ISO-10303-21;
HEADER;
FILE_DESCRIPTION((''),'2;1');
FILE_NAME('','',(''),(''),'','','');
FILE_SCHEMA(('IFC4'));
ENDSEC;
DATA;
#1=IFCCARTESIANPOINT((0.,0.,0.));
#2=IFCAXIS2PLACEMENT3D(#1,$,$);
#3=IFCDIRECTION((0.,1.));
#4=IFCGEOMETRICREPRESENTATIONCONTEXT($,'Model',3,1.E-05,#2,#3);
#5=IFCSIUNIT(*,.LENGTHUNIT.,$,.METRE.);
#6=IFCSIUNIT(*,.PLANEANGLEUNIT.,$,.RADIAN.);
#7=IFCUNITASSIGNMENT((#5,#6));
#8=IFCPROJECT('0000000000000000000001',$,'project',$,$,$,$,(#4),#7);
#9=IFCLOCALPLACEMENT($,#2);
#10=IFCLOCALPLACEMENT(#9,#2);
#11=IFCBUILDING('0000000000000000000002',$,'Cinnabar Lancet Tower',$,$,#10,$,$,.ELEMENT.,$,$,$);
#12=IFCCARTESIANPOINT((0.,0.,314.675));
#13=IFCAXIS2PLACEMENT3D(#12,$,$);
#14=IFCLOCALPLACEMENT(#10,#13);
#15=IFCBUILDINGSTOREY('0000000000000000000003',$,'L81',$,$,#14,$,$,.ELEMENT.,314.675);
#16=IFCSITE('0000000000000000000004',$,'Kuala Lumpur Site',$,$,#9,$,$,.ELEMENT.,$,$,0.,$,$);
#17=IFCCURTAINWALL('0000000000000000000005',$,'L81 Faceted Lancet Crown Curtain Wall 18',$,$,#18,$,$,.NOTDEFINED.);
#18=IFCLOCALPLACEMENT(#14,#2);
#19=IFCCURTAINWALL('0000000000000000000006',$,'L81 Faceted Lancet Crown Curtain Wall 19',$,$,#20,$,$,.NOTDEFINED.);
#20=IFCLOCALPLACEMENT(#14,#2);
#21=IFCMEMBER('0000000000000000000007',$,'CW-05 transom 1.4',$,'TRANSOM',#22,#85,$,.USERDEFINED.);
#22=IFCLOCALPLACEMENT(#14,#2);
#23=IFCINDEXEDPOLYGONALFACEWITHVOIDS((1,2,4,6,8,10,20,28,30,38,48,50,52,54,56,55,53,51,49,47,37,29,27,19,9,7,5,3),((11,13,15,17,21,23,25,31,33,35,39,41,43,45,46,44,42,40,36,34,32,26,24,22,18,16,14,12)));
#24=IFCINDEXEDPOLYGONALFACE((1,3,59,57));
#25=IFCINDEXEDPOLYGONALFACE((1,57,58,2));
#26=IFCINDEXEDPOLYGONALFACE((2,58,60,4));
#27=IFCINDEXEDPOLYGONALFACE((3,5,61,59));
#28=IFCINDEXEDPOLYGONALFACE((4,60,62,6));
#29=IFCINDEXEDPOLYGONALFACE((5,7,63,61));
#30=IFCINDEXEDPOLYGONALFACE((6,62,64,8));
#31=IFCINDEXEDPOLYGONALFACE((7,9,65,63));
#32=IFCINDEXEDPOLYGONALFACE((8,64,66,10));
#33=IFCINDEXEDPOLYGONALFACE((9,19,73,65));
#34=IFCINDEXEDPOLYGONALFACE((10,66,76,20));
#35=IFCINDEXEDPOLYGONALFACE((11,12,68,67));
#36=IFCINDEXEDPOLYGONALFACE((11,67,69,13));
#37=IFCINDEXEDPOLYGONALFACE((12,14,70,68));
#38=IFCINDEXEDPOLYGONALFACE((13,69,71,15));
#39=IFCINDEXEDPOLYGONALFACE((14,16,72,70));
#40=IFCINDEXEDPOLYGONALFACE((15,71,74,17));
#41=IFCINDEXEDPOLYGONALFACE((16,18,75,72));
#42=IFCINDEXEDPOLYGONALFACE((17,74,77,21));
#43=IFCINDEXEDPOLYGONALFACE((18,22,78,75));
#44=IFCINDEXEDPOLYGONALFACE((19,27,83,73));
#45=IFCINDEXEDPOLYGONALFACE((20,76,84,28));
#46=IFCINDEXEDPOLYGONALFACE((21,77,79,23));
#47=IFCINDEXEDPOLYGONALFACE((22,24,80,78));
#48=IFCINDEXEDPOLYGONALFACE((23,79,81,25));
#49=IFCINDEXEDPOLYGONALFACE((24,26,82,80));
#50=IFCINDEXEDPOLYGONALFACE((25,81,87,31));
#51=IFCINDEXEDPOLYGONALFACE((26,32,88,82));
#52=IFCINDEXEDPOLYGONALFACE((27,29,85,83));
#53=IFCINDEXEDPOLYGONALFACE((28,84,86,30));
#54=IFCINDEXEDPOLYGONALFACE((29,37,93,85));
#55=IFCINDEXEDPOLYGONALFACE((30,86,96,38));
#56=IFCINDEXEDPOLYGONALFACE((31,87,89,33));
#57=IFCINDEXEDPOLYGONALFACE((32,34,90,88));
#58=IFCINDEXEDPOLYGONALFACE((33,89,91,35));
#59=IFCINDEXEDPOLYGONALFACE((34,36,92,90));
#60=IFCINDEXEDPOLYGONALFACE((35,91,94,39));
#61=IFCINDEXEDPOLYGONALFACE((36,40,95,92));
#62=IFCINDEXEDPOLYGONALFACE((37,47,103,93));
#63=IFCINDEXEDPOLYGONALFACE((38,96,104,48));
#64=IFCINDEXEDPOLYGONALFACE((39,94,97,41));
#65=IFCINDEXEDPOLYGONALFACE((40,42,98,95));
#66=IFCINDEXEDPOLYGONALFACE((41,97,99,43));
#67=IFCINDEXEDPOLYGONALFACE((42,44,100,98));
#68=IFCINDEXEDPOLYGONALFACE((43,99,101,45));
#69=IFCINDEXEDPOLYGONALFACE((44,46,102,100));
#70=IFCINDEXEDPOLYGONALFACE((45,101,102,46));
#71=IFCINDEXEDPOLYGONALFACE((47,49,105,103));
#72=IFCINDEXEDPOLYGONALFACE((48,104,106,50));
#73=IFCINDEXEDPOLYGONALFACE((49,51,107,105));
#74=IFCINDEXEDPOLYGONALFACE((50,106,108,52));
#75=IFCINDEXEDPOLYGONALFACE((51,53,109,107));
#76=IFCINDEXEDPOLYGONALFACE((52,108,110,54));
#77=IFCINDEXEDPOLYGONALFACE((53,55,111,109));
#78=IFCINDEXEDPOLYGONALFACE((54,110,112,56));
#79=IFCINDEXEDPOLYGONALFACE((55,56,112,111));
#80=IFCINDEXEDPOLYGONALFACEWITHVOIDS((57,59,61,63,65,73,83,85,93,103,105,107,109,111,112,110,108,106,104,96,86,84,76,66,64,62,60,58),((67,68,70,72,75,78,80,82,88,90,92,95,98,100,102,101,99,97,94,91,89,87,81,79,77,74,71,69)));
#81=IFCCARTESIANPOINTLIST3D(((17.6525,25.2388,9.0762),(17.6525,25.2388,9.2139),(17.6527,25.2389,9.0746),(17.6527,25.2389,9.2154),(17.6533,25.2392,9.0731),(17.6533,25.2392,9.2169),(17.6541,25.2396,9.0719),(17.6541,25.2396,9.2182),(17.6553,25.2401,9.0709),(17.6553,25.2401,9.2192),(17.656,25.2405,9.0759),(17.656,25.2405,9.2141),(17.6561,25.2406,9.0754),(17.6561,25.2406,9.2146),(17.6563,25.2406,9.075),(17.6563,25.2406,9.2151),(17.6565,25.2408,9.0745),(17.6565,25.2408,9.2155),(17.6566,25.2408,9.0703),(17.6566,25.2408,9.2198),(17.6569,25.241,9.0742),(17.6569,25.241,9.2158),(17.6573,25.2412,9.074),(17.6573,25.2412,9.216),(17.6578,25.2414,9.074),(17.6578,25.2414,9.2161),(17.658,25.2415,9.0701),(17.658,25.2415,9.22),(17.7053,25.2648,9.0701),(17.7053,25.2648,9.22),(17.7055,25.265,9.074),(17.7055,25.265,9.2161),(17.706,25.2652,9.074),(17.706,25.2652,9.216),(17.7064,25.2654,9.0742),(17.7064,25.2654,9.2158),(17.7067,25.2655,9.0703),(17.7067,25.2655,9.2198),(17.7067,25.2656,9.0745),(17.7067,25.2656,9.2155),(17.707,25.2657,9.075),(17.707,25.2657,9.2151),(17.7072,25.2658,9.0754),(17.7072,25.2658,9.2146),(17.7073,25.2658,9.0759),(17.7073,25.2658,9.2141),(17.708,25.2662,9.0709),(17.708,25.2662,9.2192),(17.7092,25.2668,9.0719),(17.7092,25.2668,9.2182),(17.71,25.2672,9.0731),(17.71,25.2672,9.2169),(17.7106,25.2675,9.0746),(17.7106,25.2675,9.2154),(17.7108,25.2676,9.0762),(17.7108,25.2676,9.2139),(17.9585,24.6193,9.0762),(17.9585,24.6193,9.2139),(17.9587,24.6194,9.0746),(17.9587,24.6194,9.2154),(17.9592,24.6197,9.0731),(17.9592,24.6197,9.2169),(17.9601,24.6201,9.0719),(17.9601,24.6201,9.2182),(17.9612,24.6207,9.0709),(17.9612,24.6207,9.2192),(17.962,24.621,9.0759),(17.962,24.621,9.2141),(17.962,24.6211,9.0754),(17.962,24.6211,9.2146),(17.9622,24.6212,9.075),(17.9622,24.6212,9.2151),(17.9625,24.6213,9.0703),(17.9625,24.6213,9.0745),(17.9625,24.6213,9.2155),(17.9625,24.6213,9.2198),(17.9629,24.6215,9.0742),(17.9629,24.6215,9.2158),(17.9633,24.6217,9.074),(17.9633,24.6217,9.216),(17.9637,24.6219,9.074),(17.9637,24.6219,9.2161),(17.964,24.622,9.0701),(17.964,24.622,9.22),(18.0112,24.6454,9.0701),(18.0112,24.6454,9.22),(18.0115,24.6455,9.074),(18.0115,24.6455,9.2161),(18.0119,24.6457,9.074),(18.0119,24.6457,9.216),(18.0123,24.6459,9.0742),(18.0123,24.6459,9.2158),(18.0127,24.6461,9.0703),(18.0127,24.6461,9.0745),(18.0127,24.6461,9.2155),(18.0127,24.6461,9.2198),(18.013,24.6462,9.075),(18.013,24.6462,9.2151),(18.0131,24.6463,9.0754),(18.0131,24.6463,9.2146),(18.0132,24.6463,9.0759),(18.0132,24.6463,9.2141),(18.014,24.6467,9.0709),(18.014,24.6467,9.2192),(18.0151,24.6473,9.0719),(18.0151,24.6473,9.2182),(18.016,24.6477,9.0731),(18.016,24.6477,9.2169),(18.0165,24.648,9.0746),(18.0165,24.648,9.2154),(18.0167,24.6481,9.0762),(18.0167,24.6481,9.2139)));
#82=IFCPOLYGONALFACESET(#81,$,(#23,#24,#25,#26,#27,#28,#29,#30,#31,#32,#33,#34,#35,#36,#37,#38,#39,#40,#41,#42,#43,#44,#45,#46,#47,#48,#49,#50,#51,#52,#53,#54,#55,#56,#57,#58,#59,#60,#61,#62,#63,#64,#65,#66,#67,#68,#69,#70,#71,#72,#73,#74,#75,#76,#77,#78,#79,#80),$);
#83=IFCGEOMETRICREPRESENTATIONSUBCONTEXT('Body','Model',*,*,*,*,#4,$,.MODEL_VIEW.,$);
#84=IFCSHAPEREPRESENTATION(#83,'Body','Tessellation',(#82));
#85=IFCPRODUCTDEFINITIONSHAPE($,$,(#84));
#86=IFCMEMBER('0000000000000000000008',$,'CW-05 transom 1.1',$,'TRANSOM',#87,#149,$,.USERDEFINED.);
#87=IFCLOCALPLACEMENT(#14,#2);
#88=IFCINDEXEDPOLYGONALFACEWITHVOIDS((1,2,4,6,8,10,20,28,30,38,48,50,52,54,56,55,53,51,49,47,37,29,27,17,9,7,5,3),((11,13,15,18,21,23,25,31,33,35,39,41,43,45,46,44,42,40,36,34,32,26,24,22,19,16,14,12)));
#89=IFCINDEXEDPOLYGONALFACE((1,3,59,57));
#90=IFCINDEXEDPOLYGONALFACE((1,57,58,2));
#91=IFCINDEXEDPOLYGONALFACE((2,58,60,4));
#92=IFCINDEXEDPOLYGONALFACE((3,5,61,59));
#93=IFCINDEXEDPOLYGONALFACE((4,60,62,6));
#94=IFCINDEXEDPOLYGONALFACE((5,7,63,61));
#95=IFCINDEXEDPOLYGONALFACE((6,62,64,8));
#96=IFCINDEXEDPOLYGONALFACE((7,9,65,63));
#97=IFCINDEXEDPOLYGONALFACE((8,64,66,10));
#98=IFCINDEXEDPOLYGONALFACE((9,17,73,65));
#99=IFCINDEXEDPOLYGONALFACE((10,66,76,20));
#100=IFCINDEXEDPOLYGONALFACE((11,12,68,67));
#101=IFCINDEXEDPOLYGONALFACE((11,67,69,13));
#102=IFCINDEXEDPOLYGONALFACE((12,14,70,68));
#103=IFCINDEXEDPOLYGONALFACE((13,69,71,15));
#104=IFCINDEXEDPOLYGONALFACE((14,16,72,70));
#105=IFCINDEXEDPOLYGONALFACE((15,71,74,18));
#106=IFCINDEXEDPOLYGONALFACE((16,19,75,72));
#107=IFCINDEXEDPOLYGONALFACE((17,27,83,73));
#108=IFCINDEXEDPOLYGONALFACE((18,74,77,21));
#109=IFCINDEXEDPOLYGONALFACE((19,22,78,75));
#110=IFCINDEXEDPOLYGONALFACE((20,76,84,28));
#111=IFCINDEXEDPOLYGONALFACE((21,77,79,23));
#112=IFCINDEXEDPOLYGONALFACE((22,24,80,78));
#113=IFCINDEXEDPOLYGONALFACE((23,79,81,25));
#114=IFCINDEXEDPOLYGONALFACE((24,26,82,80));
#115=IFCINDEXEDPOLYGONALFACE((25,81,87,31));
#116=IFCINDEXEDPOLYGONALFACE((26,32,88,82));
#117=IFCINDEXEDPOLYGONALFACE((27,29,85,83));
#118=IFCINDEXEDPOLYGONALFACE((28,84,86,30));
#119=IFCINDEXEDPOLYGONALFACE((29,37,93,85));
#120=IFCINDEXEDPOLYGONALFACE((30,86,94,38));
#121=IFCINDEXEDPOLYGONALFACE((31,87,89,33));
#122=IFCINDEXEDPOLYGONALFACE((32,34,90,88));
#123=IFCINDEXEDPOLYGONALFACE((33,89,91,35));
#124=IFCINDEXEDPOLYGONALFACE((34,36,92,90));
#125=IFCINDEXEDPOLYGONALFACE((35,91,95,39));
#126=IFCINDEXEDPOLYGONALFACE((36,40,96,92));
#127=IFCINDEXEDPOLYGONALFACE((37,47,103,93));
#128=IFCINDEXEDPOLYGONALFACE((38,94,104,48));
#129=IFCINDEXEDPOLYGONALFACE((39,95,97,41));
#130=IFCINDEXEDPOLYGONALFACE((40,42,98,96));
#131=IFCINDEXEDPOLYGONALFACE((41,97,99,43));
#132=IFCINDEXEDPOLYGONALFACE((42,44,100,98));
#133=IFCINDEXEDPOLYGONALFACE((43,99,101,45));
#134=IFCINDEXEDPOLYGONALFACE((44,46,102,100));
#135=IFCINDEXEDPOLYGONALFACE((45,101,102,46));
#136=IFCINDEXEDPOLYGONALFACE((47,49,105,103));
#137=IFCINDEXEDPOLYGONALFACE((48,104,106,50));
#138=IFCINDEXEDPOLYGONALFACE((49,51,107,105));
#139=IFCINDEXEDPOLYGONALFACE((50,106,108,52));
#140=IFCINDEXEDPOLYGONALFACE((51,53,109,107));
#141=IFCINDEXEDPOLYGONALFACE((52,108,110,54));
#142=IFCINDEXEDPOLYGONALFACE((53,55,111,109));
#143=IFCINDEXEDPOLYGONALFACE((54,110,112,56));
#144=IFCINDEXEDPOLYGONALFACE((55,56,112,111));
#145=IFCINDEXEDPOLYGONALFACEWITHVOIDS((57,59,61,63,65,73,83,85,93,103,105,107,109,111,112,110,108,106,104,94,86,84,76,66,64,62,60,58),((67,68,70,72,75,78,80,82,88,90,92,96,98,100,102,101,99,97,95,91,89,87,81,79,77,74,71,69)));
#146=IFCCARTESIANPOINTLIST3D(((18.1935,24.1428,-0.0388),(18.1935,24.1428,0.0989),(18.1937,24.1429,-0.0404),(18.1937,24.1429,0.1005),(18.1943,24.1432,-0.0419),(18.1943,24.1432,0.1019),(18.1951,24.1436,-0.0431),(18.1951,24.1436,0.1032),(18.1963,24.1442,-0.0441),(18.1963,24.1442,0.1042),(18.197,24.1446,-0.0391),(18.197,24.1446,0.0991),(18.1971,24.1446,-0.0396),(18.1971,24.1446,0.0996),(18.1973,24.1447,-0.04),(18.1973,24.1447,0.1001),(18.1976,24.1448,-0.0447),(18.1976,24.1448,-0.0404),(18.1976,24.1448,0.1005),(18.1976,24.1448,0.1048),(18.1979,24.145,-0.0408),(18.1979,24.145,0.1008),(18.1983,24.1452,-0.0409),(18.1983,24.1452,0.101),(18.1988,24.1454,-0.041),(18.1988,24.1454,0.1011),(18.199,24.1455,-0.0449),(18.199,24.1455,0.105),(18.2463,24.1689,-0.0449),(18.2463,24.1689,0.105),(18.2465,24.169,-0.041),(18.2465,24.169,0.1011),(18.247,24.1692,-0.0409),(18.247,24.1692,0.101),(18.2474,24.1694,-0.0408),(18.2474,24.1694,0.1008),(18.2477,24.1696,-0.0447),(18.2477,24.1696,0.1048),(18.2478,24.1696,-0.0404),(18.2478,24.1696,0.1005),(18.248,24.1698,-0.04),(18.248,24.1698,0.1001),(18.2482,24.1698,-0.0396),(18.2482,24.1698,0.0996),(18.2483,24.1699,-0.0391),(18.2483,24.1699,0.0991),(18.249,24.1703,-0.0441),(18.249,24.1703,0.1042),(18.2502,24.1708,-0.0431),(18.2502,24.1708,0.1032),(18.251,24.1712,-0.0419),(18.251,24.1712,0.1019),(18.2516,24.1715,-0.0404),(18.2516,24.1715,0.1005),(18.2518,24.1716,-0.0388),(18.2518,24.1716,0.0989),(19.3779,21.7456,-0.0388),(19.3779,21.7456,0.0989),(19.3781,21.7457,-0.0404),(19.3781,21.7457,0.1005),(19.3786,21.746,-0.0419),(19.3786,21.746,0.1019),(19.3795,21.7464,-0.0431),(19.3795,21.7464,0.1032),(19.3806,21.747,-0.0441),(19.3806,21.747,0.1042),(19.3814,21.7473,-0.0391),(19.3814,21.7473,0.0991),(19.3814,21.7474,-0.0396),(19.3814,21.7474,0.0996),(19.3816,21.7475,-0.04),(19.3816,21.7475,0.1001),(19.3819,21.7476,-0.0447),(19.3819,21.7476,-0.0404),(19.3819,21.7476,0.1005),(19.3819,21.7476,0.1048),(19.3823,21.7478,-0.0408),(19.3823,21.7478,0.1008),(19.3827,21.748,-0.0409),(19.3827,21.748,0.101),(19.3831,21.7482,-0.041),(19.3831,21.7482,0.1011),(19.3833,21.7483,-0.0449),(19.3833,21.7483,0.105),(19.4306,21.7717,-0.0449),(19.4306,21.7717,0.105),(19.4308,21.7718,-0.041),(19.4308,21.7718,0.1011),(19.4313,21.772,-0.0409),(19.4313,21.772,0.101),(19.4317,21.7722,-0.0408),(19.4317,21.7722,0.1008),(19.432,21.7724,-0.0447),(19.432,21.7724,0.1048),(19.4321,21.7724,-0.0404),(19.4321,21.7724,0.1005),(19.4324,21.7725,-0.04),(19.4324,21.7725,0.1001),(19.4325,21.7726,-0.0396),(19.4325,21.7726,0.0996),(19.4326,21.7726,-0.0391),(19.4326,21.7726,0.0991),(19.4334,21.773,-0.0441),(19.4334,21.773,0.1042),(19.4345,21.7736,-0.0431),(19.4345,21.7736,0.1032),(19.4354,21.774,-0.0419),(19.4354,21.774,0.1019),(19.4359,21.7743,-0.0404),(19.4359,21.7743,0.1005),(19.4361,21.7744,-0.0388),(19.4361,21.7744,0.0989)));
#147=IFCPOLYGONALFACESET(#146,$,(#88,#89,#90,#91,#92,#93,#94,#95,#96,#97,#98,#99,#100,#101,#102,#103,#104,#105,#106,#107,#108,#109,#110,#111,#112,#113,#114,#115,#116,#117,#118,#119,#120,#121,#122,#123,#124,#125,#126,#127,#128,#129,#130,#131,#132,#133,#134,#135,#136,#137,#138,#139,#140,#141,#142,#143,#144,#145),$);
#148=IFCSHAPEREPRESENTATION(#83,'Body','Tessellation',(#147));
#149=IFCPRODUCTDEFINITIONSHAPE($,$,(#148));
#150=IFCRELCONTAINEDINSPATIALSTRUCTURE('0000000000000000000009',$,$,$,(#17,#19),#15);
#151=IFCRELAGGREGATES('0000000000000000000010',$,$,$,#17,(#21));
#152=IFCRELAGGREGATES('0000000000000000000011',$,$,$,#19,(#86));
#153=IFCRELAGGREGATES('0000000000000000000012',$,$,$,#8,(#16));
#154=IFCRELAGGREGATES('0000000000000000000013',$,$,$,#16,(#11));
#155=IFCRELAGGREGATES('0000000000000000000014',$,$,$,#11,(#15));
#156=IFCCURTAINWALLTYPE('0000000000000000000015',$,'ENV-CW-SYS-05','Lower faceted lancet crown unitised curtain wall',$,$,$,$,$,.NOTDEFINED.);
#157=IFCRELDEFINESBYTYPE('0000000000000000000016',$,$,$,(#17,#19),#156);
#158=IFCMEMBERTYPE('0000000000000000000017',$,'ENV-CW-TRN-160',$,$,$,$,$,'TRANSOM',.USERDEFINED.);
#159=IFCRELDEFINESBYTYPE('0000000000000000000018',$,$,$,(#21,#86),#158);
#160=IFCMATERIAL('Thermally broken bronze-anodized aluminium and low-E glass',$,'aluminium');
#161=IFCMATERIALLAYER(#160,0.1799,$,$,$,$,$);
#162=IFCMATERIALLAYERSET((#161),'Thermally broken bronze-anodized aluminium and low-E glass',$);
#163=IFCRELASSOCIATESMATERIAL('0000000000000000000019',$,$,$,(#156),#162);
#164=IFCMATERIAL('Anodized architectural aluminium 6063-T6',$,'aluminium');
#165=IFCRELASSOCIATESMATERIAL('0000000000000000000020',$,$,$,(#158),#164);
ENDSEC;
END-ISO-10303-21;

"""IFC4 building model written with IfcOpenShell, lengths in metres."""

from ifc_helpers import new_model, si_unit, direction, frame, origin, origin_2d, place, context, subcontext, project, spatial, hollow_rectangle, extrude, material, layer, layer_set, material_profile, profile_set, type_object, element, aggregate, save


model = new_model("IFC4")

# Units and contexts
model_context = context("Model", 3, precision=1e-05, world=origin(), true_north=direction((0.0, 1.0)))
body_context = subcontext(model_context, "Body", "Model", "MODEL_VIEW")
ifc_project = project(units=[si_unit("LENGTHUNIT", "METRE"), si_unit("PLANEANGLEUNIT", "RADIAN")], contexts=[model_context])

# Site, building, storey
site_placement = place(None, origin())
site = spatial("IfcSite", under=ifc_project, at=site_placement, Name="Kuala Lumpur Site", CompositionType="ELEMENT", RefElevation=0.0)
building_placement = place(site_placement, origin())
building = spatial("IfcBuilding", under=site, at=building_placement, Name="Cinnabar Lancet Tower", CompositionType="ELEMENT")
storey_placement = place(building_placement, frame((0.0, 0.0, 314.675)))
storey = spatial("IfcBuildingStorey", under=building, at=storey_placement, Name="L81", CompositionType="ELEMENT", Elevation=314.675)

# Shared definitions
ifc_material_1 = material(Name="Thermally broken bronze-anodized aluminium and low-E glass", Category="aluminium")
ifc_layer_1 = layer(ifc_material_1, 0.1799)
ifc_layer_set_1 = layer_set([ifc_layer_1], Name="Thermally broken bronze-anodized aluminium and low-E glass")
curtain_wall_type = type_object("IfcCurtainWallType", Name="ENV-CW-SYS-05", Description="Lower faceted lancet crown unitised curtain wall", PredefinedType="NOTDEFINED", material=ifc_layer_set_1)

# Curtain walls
curtain_wall_1_placement = place(storey_placement, origin())
curtain_wall_1 = element("IfcCurtainWall", 1, at=curtain_wall_1_placement, inside=storey, type_object=curtain_wall_type, Name="L81 Faceted Lancet Crown Curtain Wall 18", PredefinedType="NOTDEFINED")
curtain_wall_2_placement = place(storey_placement, origin())
curtain_wall_2 = element("IfcCurtainWall", 2, at=curtain_wall_2_placement, inside=storey, type_object=curtain_wall_type, Name="L81 Faceted Lancet Crown Curtain Wall 19", PredefinedType="NOTDEFINED")

# Members
ifc_material_2 = material(Name="Anodized architectural aluminium 6063-T6", Category="aluminium")
ifc_material_profile_1 = material_profile(ifc_material_2, hollow_rectangle(XDim=0.0649, YDim=0.1499, WallThickness=0.0039, InnerFilletRadius=0.002, OuterFilletRadius=0.0061, at=origin_2d()), Name="CW-TRN 150x65x4")
ifc_profile_set_1 = profile_set([ifc_material_profile_1], Name="Anodized architectural aluminium 6063-T6")
member_type_1 = type_object("IfcMemberType", Name="ENV-CW-TRN-160", ElementType="TRANSOM", PredefinedType="USERDEFINED", material=ifc_profile_set_1)
member_1_placement = place(storey_placement, frame((17.6816, 25.2532, 9.145), z_axis=(0.442826, -0.896608, 0.0), x_axis=(0.896608, 0.442826, 0.0)))
member_1 = element("IfcMember", 3, at=member_1_placement, type_object=member_type_1, Name="CW-05 transom 1.4", ObjectType="TRANSOM", PredefinedType="USERDEFINED", context=body_context, shape_type="SweptSolid", body=[
    extrude(hollow_rectangle(XDim=0.0649, YDim=0.1499, WallThickness=0.0039, InnerFilletRadius=0.002, OuterFilletRadius=0.0061, at=origin_2d()), origin(), (0.0, 0.0, 1.0), 0.6909),
])
member_2_placement = place(storey_placement, frame((18.2227, 24.1572, 0.03), z_axis=(0.442935, -0.896554, 0.0), x_axis=(0.896554, 0.442935, 0.0)))
member_2 = element("IfcMember", 4, at=member_2_placement, type_object=member_type_1, Name="CW-05 transom 1.1", ObjectType="TRANSOM", PredefinedType="USERDEFINED", context=body_context, shape_type="SweptSolid", body=[
    extrude(hollow_rectangle(XDim=0.0649, YDim=0.1499, WallThickness=0.0039, InnerFilletRadius=0.002, OuterFilletRadius=0.0061, at=origin_2d()), origin(), (0.0, 0.0, 1.0), 2.6738),
])

aggregate(curtain_wall_1, [member_1])
aggregate(curtain_wall_2, [member_2])

save(model, "model.ifc")
